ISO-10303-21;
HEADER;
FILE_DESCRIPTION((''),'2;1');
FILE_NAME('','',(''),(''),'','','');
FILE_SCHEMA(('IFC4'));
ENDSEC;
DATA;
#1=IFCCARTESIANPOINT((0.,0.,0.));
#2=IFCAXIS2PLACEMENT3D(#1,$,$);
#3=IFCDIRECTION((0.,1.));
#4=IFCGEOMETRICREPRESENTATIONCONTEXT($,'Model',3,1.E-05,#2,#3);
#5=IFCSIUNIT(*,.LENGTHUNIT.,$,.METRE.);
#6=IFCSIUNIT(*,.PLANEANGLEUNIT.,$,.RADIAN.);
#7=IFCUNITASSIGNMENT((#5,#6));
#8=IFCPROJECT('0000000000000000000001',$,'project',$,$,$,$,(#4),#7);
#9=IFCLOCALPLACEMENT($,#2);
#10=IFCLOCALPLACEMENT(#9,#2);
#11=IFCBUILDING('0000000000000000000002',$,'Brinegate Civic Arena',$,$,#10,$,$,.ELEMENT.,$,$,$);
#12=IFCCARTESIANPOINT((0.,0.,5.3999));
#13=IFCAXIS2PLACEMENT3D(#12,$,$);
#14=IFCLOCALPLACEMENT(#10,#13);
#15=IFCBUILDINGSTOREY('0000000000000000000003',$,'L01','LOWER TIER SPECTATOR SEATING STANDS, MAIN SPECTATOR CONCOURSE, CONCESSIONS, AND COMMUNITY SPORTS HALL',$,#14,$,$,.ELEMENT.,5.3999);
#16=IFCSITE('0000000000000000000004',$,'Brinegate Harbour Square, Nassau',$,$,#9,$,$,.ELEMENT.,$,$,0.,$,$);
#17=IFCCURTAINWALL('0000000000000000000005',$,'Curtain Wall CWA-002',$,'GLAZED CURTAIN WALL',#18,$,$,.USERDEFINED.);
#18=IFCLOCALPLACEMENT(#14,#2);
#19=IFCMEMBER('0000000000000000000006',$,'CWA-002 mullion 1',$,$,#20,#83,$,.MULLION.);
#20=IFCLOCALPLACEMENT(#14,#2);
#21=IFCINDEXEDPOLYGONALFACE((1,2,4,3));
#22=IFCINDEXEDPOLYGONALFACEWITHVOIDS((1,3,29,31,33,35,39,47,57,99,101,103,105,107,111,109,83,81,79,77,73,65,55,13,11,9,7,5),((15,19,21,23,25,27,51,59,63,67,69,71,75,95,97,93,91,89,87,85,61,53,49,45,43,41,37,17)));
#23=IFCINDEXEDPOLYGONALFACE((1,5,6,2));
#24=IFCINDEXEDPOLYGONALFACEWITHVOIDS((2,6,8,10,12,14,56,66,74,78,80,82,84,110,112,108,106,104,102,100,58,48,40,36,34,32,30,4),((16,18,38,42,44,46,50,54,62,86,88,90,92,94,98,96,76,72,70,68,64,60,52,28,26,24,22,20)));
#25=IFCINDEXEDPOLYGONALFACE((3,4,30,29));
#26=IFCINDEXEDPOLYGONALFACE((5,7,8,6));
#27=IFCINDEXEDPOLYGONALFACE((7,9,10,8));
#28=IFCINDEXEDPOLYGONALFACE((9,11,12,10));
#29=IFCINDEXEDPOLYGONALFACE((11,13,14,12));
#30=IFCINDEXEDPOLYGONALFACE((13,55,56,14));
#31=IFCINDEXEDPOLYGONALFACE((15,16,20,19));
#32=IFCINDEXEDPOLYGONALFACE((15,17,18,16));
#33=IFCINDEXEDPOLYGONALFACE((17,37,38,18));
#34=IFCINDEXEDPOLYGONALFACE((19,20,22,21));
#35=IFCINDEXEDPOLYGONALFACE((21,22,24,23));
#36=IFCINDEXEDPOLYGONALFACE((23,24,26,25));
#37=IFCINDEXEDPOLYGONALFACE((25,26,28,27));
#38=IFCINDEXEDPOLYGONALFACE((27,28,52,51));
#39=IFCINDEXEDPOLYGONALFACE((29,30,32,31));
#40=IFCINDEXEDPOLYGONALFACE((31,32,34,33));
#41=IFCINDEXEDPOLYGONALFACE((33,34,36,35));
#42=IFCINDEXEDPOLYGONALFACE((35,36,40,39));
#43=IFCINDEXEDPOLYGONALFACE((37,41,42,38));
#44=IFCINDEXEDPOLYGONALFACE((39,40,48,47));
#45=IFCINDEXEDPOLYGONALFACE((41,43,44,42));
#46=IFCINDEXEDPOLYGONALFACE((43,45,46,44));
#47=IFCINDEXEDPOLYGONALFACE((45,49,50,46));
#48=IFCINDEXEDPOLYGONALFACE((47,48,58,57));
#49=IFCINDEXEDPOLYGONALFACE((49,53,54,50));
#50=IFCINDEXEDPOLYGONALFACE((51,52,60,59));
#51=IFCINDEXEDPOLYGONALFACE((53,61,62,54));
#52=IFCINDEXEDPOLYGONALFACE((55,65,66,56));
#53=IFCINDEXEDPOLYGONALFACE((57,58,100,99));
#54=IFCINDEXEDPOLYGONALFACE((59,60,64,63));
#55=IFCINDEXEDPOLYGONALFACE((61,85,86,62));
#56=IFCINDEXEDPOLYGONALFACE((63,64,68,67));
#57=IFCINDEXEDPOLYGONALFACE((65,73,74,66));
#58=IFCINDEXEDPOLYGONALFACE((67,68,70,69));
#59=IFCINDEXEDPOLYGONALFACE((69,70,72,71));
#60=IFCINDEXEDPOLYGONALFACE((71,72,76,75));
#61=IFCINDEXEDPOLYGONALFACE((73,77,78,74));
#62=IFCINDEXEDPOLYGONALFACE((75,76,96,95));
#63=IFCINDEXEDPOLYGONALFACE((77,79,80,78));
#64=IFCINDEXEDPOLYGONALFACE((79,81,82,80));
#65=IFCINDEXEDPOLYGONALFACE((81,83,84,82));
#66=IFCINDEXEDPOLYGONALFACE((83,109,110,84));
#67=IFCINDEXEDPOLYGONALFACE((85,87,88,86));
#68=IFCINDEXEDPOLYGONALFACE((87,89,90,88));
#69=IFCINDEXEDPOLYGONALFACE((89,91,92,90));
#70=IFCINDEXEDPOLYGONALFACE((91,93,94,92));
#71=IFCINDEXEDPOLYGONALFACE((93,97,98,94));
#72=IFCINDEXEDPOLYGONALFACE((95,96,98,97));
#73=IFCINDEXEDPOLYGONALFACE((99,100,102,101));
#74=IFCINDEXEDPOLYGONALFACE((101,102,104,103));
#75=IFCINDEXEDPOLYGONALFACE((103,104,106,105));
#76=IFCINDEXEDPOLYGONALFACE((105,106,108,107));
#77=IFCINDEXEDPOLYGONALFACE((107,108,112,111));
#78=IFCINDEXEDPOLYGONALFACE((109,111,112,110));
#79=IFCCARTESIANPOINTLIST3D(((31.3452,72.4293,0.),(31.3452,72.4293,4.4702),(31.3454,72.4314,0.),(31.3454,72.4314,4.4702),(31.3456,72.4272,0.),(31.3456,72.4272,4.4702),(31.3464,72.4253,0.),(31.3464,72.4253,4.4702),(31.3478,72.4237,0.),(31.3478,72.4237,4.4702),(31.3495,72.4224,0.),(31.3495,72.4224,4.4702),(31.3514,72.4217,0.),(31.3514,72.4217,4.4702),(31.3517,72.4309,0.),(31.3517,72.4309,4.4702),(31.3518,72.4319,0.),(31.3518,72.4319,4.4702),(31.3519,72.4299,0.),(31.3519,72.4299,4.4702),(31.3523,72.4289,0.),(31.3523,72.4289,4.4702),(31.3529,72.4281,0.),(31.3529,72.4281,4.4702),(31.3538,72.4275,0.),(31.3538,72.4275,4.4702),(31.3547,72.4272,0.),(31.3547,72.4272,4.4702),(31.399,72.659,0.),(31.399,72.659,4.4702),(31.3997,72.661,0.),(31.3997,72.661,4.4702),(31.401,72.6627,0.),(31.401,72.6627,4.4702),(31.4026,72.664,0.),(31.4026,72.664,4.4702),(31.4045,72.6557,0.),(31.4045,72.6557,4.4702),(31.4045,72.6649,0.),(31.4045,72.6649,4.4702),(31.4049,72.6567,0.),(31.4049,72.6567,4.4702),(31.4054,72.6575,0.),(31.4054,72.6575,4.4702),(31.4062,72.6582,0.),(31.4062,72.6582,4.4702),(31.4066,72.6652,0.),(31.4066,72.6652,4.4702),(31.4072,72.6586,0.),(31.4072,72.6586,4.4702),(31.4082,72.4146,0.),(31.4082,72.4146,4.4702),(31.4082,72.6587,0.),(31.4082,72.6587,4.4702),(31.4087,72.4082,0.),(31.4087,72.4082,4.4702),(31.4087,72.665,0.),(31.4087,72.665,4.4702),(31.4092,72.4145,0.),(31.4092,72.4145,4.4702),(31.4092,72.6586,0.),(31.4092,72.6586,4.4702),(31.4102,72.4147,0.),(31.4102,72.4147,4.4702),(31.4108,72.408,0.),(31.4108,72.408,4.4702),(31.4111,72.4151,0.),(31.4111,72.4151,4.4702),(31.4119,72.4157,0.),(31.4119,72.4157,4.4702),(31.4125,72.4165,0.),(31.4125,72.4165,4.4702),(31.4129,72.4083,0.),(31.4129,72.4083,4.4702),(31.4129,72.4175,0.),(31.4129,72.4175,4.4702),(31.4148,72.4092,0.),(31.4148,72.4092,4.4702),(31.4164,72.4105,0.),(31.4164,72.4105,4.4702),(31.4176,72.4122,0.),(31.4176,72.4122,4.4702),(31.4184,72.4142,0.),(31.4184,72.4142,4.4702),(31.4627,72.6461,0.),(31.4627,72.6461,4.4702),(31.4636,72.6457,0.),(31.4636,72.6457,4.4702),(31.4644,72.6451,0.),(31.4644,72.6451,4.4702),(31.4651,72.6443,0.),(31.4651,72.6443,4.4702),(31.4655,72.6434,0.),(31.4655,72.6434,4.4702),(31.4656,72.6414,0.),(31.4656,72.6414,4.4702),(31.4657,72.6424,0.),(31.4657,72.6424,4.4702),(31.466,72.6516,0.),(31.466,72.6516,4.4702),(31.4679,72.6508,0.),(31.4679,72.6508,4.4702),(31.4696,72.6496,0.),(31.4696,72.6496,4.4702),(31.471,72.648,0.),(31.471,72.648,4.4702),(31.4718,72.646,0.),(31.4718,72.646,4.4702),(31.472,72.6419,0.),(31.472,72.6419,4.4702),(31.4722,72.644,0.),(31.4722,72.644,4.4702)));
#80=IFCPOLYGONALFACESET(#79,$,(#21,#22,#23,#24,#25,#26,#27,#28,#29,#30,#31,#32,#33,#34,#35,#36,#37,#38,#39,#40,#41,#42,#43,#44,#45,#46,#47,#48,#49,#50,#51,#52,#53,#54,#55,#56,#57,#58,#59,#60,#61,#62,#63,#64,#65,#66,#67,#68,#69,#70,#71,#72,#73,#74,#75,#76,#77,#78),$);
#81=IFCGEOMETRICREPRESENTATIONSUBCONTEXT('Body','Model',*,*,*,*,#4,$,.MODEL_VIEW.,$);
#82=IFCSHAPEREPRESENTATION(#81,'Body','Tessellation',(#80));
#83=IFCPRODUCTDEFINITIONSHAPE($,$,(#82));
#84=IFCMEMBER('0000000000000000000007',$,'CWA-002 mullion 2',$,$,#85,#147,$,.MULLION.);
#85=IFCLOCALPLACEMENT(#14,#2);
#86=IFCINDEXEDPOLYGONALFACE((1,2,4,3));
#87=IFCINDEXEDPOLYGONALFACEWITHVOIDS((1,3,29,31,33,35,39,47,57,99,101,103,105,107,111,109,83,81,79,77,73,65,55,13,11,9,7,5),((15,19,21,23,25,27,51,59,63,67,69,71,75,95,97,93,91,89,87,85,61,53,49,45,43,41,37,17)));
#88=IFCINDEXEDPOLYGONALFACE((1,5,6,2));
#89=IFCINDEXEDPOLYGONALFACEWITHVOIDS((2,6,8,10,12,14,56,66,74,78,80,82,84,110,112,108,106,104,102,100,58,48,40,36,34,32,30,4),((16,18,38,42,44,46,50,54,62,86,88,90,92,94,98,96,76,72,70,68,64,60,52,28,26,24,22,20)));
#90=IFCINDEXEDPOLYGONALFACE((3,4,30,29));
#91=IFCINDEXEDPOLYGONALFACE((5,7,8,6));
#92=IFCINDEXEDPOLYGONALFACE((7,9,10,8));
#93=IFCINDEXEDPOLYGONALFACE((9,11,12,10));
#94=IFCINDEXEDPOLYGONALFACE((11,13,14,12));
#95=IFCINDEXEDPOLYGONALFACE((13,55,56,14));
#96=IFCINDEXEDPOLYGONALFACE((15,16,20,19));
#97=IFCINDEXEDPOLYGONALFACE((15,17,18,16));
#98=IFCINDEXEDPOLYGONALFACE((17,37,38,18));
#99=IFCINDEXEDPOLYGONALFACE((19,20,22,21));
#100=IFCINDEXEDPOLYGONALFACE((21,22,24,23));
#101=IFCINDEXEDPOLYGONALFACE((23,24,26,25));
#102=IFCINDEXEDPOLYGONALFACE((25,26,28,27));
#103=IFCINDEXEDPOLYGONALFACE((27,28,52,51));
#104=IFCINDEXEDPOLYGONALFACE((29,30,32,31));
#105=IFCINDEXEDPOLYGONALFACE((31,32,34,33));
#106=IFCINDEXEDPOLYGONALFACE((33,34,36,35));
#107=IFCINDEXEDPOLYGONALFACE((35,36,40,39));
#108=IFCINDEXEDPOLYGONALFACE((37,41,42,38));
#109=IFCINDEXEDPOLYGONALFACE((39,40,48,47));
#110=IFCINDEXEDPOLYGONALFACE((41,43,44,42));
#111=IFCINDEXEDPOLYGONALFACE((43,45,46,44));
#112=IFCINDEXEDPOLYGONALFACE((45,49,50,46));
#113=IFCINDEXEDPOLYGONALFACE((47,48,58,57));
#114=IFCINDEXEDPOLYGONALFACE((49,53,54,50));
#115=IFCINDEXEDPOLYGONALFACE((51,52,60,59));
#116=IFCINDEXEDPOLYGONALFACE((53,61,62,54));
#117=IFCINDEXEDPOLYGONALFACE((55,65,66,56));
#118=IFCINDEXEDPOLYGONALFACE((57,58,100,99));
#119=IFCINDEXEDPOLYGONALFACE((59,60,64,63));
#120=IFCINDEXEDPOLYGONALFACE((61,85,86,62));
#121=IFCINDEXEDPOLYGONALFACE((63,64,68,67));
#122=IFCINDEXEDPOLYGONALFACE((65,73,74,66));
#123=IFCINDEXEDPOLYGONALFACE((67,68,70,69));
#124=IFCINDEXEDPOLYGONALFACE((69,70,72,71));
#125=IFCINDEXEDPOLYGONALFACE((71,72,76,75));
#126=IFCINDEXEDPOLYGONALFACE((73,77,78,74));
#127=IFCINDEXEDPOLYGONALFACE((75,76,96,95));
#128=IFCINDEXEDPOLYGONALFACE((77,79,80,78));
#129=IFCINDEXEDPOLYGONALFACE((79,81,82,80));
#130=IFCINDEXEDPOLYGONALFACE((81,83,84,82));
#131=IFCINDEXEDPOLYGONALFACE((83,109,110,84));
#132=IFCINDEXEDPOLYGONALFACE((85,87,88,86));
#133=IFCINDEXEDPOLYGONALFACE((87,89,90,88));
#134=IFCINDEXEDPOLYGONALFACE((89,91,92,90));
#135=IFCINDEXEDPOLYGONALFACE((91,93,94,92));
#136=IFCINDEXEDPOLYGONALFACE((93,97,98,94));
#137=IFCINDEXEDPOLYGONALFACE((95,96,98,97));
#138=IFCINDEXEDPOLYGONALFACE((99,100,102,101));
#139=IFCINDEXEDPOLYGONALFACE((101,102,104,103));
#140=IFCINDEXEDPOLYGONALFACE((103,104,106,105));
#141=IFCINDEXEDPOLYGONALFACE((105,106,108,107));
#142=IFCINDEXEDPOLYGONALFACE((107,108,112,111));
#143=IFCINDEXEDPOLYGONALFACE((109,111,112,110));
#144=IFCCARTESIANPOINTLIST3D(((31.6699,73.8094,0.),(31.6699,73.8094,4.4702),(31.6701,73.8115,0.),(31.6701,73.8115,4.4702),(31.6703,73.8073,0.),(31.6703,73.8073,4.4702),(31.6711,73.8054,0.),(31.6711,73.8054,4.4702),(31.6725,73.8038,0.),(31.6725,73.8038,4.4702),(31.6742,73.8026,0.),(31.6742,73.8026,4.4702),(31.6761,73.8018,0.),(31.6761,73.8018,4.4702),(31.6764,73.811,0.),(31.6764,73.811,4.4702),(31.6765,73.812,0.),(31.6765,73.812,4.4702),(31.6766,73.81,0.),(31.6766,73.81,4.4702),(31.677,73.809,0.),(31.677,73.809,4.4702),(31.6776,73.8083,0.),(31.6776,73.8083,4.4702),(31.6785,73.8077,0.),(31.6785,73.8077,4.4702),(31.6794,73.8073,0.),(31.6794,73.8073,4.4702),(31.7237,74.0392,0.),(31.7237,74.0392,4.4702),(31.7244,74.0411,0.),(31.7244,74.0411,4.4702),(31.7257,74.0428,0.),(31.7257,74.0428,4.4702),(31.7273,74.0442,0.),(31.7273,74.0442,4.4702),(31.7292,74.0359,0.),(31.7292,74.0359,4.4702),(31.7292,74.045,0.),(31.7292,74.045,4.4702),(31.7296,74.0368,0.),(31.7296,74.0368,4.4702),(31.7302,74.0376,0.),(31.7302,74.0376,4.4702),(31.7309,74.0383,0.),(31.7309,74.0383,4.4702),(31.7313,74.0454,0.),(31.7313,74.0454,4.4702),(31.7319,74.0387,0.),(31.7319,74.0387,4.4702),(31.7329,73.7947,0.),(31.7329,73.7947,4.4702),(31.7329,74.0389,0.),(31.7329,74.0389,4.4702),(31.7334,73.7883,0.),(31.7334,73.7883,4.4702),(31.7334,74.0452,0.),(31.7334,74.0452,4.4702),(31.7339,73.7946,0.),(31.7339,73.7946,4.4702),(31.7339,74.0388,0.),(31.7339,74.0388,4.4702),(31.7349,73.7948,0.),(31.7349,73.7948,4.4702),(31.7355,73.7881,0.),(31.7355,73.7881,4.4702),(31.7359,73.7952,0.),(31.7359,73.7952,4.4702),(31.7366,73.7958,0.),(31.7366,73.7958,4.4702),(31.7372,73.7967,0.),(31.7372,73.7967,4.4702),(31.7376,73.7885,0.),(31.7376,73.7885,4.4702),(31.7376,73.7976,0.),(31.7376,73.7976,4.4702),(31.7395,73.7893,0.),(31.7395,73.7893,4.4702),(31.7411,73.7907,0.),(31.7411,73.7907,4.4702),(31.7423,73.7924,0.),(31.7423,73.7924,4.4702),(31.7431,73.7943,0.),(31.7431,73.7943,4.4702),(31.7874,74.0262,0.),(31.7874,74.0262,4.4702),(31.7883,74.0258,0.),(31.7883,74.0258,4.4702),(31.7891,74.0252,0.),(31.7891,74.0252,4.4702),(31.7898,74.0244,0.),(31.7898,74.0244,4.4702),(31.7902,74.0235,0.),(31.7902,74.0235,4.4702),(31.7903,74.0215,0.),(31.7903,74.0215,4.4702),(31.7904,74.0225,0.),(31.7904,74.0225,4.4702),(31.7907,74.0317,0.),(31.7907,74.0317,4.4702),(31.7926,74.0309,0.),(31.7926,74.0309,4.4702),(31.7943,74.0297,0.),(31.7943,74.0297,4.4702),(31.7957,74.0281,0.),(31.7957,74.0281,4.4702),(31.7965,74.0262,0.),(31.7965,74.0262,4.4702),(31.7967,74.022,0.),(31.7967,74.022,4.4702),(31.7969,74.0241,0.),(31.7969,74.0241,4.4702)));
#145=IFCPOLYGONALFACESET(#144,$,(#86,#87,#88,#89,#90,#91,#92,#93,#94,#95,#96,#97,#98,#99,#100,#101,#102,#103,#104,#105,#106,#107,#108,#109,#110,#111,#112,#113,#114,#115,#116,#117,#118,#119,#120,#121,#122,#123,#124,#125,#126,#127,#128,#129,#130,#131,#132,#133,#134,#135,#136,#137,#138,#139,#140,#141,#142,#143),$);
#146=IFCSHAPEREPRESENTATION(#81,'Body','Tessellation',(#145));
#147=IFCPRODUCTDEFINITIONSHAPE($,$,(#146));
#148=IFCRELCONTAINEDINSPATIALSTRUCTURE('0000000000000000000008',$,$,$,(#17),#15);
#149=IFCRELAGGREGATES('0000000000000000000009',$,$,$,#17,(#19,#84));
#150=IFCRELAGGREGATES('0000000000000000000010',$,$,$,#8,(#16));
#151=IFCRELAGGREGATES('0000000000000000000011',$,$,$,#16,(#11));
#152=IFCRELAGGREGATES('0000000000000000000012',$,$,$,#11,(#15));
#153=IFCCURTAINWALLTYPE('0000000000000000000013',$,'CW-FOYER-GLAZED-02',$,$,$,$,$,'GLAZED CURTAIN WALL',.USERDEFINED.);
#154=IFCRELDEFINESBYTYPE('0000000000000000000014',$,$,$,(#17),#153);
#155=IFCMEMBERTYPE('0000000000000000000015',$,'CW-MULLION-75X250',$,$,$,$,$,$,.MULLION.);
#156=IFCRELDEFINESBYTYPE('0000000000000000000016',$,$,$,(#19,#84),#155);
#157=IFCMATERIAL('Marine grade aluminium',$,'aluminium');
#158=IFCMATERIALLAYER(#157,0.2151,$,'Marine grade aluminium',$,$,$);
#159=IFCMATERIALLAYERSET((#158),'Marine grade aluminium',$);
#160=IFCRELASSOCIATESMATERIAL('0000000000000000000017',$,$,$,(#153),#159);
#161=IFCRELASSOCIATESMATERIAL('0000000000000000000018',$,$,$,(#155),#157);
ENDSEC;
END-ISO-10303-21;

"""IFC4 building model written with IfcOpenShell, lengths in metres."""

from ifc_helpers import new_model, si_unit, direction, frame, origin, origin_2d, place, context, subcontext, project, spatial, hollow_rectangle, extrude, material, layer, layer_set, material_profile, profile_set, type_object, element, aggregate, save


model = new_model("IFC4")

# Units and contexts
model_context = context("Model", 3, precision=1e-05, world=origin(), true_north=direction((0.0, 1.0)))
body_context = subcontext(model_context, "Body", "Model", "MODEL_VIEW")
ifc_project = project(units=[si_unit("LENGTHUNIT", "METRE"), si_unit("PLANEANGLEUNIT", "RADIAN")], contexts=[model_context])

# Site, building, storey
site_placement = place(None, origin())
site = spatial("IfcSite", under=ifc_project, at=site_placement, Name="Brinegate Harbour Square, Nassau", CompositionType="ELEMENT", RefElevation=0.0)
building_placement = place(site_placement, origin())
building = spatial("IfcBuilding", under=site, at=building_placement, Name="Brinegate Civic Arena", CompositionType="ELEMENT")
storey_placement = place(building_placement, frame((0.0, 0.0, 5.3999)))
storey = spatial("IfcBuildingStorey", under=building, at=storey_placement, Name="L01", Description="LOWER TIER SPECTATOR SEATING STANDS, MAIN SPECTATOR CONCOURSE, CONCESSIONS, AND COMMUNITY SPORTS HALL", CompositionType="ELEMENT", Elevation=5.3999)

# Curtain wall, members
ifc_material_1 = material(Name="Marine grade aluminium", Category="aluminium")
ifc_layer_1 = layer(ifc_material_1, 0.2151, Name="Marine grade aluminium")
ifc_layer_set_1 = layer_set([ifc_layer_1], Name="Marine grade aluminium")
curtain_wall_type = type_object("IfcCurtainWallType", Name="CW-FOYER-GLAZED-02", ElementType="GLAZED CURTAIN WALL", PredefinedType="USERDEFINED", material=ifc_layer_set_1)
curtain_wall_placement = place(storey_placement, origin())
curtain_wall = element("IfcCurtainWall", 1, at=curtain_wall_placement, inside=storey, type_object=curtain_wall_type, Name="Curtain Wall CWA-002", ObjectType="GLAZED CURTAIN WALL", PredefinedType="USERDEFINED")
ifc_material_profile_1 = material_profile(ifc_material_1, hollow_rectangle(XDim=0.075, YDim=0.25, WallThickness=0.0061, InnerFilletRadius=0.0039, OuterFilletRadius=0.0081, at=origin_2d()), Name="MUL75X250")
ifc_profile_set_1 = profile_set([ifc_material_profile_1], Name="Marine grade aluminium")
member_type_1 = type_object("IfcMemberType", Name="CW-MULLION-75X250", PredefinedType="MULLION", material=ifc_profile_set_1)
member_1_placement = place(storey_placement, frame((31.4087, 72.5366, 0.0), z_axis=(0.0, 0.0, 1.0), x_axis=(-0.973417, 0.229039, 0.0)))
member_1 = element("IfcMember", 2, at=member_1_placement, type_object=member_type_1, Name="CWA-002 mullion 1", PredefinedType="MULLION", context=body_context, shape_type="SweptSolid", body=[
    extrude(hollow_rectangle(XDim=0.075, YDim=0.25, WallThickness=0.0061, InnerFilletRadius=0.0039, OuterFilletRadius=0.0081, at=origin_2d()), origin(), (0.0, 0.0, 1.0), 4.4702),
])
member_2_placement = place(storey_placement, frame((31.7334, 73.9167, 0.0), z_axis=(0.0, 0.0, 1.0), x_axis=(-0.973417, 0.229039, 0.0)))
member_2 = element("IfcMember", 3, at=member_2_placement, type_object=member_type_1, Name="CWA-002 mullion 2", PredefinedType="MULLION", context=body_context, shape_type="SweptSolid", body=[
    extrude(hollow_rectangle(XDim=0.075, YDim=0.25, WallThickness=0.0061, InnerFilletRadius=0.0039, OuterFilletRadius=0.0081, at=origin_2d()), origin(), (0.0, 0.0, 1.0), 4.4702),
])
aggregate(curtain_wall, [member_1, member_2])

save(model, "model.ifc")
